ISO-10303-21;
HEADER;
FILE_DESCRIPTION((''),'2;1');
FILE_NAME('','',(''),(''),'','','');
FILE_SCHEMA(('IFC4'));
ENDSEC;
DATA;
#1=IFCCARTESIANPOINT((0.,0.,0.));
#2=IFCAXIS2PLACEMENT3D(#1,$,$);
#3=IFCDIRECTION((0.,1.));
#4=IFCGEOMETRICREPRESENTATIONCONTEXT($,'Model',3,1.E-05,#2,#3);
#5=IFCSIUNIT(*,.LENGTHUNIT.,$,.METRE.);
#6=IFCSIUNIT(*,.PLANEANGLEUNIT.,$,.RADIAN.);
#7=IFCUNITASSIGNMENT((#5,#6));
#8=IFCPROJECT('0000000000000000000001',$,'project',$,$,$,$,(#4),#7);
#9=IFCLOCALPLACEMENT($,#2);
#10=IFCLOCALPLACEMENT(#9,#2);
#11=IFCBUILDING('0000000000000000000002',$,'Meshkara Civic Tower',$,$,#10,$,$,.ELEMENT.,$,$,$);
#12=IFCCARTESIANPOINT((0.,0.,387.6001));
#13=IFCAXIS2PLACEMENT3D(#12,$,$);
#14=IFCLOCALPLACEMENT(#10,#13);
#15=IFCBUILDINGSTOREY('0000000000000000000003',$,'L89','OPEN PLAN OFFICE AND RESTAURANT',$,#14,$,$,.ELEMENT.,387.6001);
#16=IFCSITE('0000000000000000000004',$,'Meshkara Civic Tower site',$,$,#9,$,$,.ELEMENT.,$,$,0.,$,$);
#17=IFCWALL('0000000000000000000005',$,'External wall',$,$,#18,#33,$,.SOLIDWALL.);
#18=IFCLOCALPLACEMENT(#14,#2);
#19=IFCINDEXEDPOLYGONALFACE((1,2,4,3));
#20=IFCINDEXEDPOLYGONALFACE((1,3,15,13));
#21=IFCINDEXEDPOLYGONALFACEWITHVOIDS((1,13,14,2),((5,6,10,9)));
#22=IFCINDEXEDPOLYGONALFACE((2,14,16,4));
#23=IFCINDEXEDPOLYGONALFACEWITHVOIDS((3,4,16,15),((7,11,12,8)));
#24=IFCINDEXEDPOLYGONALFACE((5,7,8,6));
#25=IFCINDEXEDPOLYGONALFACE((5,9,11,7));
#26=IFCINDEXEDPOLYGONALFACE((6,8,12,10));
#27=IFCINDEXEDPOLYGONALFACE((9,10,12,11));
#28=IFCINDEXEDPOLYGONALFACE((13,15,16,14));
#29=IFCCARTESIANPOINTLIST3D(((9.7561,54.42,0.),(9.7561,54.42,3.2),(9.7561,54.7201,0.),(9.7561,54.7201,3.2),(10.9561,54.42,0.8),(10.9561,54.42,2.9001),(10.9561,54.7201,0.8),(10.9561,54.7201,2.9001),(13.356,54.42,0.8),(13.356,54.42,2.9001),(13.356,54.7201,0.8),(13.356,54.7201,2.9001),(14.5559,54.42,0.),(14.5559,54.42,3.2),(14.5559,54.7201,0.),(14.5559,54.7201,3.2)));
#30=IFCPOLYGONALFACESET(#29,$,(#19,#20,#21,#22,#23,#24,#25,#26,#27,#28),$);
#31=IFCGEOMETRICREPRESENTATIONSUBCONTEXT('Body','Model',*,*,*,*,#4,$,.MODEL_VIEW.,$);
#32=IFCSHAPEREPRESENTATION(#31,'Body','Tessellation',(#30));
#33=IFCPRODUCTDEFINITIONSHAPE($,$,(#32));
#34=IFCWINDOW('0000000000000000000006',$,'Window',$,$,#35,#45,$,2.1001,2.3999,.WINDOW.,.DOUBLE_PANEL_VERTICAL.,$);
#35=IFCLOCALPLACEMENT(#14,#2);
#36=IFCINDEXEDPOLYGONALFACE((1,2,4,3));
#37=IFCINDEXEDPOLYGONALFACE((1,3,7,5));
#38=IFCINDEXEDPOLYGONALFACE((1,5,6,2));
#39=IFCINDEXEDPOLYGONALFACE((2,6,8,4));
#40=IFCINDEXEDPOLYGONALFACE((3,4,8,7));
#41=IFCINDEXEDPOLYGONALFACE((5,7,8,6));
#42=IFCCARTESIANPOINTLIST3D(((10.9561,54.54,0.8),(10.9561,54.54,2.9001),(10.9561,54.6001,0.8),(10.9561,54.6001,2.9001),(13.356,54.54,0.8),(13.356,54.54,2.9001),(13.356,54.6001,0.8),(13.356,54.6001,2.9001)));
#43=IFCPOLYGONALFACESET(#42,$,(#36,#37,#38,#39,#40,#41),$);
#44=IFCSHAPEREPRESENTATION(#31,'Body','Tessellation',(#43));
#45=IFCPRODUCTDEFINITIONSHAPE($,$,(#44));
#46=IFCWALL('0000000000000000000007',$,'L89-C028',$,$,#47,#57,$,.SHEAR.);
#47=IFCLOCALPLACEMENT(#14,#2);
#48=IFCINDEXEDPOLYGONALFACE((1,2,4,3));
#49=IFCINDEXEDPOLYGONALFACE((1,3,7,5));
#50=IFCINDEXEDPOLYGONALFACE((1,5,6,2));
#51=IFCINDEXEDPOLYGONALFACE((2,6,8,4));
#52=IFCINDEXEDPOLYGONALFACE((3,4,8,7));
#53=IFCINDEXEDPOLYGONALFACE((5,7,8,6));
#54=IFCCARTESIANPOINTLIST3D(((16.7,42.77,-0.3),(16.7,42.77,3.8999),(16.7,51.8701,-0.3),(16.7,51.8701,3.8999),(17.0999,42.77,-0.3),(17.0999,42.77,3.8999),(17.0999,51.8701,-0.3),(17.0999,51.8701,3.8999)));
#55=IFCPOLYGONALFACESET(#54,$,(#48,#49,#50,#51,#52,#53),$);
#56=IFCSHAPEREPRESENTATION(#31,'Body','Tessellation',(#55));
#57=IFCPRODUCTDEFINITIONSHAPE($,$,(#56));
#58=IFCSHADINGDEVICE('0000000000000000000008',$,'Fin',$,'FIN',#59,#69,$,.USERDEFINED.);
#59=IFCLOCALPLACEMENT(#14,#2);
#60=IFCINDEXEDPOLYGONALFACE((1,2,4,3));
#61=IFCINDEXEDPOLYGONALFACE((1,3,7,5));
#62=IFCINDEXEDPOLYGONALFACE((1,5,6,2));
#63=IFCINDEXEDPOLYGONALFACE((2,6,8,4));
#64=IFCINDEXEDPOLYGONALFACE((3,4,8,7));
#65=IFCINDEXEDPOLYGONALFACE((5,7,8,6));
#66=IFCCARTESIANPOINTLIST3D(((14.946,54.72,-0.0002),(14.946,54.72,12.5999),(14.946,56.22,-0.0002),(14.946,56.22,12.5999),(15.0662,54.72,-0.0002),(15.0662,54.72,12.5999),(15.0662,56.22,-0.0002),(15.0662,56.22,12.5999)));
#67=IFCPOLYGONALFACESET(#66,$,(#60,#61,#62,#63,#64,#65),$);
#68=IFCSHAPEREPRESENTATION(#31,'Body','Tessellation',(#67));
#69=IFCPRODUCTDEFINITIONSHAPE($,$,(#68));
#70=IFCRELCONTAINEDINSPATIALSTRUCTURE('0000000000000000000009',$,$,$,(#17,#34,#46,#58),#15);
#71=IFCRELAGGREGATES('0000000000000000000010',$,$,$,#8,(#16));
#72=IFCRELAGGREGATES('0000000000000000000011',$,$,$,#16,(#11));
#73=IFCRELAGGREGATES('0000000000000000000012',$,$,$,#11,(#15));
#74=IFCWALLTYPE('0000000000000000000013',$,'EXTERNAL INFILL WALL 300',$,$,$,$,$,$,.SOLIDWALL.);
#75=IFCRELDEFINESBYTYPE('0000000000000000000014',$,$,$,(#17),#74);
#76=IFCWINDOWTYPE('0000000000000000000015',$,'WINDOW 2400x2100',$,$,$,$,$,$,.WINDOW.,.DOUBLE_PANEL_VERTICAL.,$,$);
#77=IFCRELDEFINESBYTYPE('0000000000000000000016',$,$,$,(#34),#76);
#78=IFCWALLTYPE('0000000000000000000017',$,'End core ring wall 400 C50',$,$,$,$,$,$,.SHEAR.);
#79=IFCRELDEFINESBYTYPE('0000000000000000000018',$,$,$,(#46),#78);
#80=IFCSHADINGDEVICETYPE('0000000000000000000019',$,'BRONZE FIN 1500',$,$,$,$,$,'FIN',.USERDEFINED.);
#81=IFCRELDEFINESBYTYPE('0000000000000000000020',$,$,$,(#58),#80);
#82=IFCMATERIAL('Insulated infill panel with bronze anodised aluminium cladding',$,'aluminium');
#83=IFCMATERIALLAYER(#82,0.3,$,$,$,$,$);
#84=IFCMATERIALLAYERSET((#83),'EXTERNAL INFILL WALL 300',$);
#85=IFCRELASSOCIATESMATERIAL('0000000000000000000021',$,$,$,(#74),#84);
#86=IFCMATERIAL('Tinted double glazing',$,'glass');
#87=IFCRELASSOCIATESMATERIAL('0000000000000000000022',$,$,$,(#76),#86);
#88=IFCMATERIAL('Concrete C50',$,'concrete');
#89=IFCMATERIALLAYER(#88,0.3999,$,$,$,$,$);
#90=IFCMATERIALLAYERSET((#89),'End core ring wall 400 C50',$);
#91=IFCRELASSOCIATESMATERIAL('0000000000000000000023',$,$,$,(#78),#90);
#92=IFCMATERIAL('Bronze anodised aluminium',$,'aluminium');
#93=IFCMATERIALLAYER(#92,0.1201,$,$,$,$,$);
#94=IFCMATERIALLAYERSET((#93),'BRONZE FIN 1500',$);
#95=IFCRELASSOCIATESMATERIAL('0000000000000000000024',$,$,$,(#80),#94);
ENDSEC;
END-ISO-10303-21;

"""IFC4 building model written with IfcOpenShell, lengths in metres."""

from ifc_helpers import new_model, si_unit, direction, frame, frame_2d, origin, origin_2d, place, context, subcontext, project, spatial, rectangle, extrude, material, layer, layer_set, type_object, element, fill, save


model = new_model("IFC4")

# Units and contexts
model_context = context("Model", 3, precision=1e-05, world=origin(), true_north=direction((0.0, 1.0)))
body_context = subcontext(model_context, "Body", "Model", "MODEL_VIEW")
ifc_project = project(units=[si_unit("LENGTHUNIT", "METRE"), si_unit("PLANEANGLEUNIT", "RADIAN")], contexts=[model_context])

# Site, building, storey
site_placement = place(None, origin())
site = spatial("IfcSite", under=ifc_project, at=site_placement, Name="Meshkara Civic Tower site", CompositionType="ELEMENT", RefElevation=0.0)
building_placement = place(site_placement, origin())
building = spatial("IfcBuilding", under=site, at=building_placement, Name="Meshkara Civic Tower", CompositionType="ELEMENT")
storey_placement = place(building_placement, frame((0.0, 0.0, 387.6001)))
storey = spatial("IfcBuildingStorey", under=building, at=storey_placement, Name="L89", Description="OPEN PLAN OFFICE AND RESTAURANT", CompositionType="ELEMENT", Elevation=387.6001)

# Wall, opening, window
ifc_material_1 = material(Name="Insulated infill panel with bronze anodised aluminium cladding", Category="aluminium")
ifc_layer_1 = layer(ifc_material_1, 0.3)
ifc_layer_set_1 = layer_set([ifc_layer_1], Name="EXTERNAL INFILL WALL 300")
wall_type_1 = type_object("IfcWallType", Name="EXTERNAL INFILL WALL 300", PredefinedType="SOLIDWALL", material=ifc_layer_set_1)
ifc_material_2 = material(Name="Tinted double glazing", Category="glass")
window_type = type_object("IfcWindowType", Name="WINDOW 2400x2100", PartitioningType="DOUBLE_PANEL_VERTICAL", PredefinedType="WINDOW", material=ifc_material_2)
wall_1_placement = place(storey_placement, frame((14.5559, 54.5701, 0.0), z_axis=(0.0, 0.0, 1.0), x_axis=(-1.0, 0.0, 0.0)))
wall_1 = element("IfcWall", 1, at=wall_1_placement, inside=storey, type_object=wall_type_1, Name="External wall", PredefinedType="SOLIDWALL", context=body_context, shape_type="SweptSolid", body=[
    extrude(rectangle(XDim=4.7998, YDim=0.3, at=frame_2d((2.3999, 0.0))), origin(), (0.0, 0.0, 1.0), 3.2),
])
opening_1_placement = place(wall_1_placement, frame((1.2, 0.0, 0.8)))
opening_1 = element("IfcOpeningElement", 2, at=opening_1_placement, cuts=wall_1, PredefinedType="OPENING", context=body_context, shape_type="SweptSolid", body=[
    extrude(rectangle(XDim=2.3999, YDim=2.1001, at=frame_2d((1.2, 1.05))), frame((0.0, 0.1599, 0.0), z_axis=(0.0, -1.0, 0.0), x_axis=(1.0, 0.0, 0.0)), (0.0, 0.0, 1.0), 0.3201),
])
window_1_placement = place(opening_1_placement, origin())
window_1 = element("IfcWindow", 3, at=window_1_placement, inside=storey, type_object=window_type, Name="Window", OverallHeight=2.1001, OverallWidth=2.3999, PartitioningType="DOUBLE_PANEL_VERTICAL", PredefinedType="WINDOW", context=body_context, shape_type="SweptSolid", body=[
    extrude(rectangle(XDim=2.3999, YDim=2.1001, at=frame_2d((1.2, 1.05))), frame((0.0, 0.03, 0.0), z_axis=(0.0, -1.0, 0.0), x_axis=(1.0, 0.0, 0.0)), (0.0, 0.0, 1.0), 0.0601),
])
fill(opening_1, window_1)

# Wall
ifc_material_3 = material(Name="Concrete C50", Category="concrete")
ifc_layer_2 = layer(ifc_material_3, 0.3999)
ifc_layer_set_2 = layer_set([ifc_layer_2], Name="End core ring wall 400 C50")
wall_type_2 = type_object("IfcWallType", Name="End core ring wall 400 C50", PredefinedType="SHEAR", material=ifc_layer_set_2)
wall_2_placement = place(storey_placement, frame((16.8999, 42.77, -0.3), z_axis=(0.0, 0.0, 1.0), x_axis=(0.0, 1.0, 0.0)))
element("IfcWall", 4, at=wall_2_placement, inside=storey, type_object=wall_type_2, Name="L89-C028", PredefinedType="SHEAR", context=body_context, shape_type="SweptSolid", body=[
    extrude(rectangle(XDim=9.1001, YDim=0.3999, at=frame_2d((4.55, 0.0))), origin(), (0.0, 0.0, 1.0), 4.2),
])

# Shading device
ifc_material_4 = material(Name="Bronze anodised aluminium", Category="aluminium")
ifc_layer_3 = layer(ifc_material_4, 0.1201)
ifc_layer_set_3 = layer_set([ifc_layer_3], Name="BRONZE FIN 1500")
shading_device_type = type_object("IfcShadingDeviceType", Name="BRONZE FIN 1500", ElementType="FIN", PredefinedType="USERDEFINED", material=ifc_layer_set_3)
shading_device_placement = place(storey_placement, frame((15.0061, 55.47, -0.0002), z_axis=(0.0, 0.0, 1.0), x_axis=(-1.0, 0.0, 0.0)))
element("IfcShadingDevice", 5, at=shading_device_placement, inside=storey, type_object=shading_device_type, Name="Fin", ObjectType="FIN", PredefinedType="USERDEFINED", context=body_context, shape_type="SweptSolid", body=[
    extrude(rectangle(XDim=0.1201, YDim=1.5, at=origin_2d()), origin(), (0.0, 0.0, 1.0), 12.6001),
])

save(model, "model.ifc")
